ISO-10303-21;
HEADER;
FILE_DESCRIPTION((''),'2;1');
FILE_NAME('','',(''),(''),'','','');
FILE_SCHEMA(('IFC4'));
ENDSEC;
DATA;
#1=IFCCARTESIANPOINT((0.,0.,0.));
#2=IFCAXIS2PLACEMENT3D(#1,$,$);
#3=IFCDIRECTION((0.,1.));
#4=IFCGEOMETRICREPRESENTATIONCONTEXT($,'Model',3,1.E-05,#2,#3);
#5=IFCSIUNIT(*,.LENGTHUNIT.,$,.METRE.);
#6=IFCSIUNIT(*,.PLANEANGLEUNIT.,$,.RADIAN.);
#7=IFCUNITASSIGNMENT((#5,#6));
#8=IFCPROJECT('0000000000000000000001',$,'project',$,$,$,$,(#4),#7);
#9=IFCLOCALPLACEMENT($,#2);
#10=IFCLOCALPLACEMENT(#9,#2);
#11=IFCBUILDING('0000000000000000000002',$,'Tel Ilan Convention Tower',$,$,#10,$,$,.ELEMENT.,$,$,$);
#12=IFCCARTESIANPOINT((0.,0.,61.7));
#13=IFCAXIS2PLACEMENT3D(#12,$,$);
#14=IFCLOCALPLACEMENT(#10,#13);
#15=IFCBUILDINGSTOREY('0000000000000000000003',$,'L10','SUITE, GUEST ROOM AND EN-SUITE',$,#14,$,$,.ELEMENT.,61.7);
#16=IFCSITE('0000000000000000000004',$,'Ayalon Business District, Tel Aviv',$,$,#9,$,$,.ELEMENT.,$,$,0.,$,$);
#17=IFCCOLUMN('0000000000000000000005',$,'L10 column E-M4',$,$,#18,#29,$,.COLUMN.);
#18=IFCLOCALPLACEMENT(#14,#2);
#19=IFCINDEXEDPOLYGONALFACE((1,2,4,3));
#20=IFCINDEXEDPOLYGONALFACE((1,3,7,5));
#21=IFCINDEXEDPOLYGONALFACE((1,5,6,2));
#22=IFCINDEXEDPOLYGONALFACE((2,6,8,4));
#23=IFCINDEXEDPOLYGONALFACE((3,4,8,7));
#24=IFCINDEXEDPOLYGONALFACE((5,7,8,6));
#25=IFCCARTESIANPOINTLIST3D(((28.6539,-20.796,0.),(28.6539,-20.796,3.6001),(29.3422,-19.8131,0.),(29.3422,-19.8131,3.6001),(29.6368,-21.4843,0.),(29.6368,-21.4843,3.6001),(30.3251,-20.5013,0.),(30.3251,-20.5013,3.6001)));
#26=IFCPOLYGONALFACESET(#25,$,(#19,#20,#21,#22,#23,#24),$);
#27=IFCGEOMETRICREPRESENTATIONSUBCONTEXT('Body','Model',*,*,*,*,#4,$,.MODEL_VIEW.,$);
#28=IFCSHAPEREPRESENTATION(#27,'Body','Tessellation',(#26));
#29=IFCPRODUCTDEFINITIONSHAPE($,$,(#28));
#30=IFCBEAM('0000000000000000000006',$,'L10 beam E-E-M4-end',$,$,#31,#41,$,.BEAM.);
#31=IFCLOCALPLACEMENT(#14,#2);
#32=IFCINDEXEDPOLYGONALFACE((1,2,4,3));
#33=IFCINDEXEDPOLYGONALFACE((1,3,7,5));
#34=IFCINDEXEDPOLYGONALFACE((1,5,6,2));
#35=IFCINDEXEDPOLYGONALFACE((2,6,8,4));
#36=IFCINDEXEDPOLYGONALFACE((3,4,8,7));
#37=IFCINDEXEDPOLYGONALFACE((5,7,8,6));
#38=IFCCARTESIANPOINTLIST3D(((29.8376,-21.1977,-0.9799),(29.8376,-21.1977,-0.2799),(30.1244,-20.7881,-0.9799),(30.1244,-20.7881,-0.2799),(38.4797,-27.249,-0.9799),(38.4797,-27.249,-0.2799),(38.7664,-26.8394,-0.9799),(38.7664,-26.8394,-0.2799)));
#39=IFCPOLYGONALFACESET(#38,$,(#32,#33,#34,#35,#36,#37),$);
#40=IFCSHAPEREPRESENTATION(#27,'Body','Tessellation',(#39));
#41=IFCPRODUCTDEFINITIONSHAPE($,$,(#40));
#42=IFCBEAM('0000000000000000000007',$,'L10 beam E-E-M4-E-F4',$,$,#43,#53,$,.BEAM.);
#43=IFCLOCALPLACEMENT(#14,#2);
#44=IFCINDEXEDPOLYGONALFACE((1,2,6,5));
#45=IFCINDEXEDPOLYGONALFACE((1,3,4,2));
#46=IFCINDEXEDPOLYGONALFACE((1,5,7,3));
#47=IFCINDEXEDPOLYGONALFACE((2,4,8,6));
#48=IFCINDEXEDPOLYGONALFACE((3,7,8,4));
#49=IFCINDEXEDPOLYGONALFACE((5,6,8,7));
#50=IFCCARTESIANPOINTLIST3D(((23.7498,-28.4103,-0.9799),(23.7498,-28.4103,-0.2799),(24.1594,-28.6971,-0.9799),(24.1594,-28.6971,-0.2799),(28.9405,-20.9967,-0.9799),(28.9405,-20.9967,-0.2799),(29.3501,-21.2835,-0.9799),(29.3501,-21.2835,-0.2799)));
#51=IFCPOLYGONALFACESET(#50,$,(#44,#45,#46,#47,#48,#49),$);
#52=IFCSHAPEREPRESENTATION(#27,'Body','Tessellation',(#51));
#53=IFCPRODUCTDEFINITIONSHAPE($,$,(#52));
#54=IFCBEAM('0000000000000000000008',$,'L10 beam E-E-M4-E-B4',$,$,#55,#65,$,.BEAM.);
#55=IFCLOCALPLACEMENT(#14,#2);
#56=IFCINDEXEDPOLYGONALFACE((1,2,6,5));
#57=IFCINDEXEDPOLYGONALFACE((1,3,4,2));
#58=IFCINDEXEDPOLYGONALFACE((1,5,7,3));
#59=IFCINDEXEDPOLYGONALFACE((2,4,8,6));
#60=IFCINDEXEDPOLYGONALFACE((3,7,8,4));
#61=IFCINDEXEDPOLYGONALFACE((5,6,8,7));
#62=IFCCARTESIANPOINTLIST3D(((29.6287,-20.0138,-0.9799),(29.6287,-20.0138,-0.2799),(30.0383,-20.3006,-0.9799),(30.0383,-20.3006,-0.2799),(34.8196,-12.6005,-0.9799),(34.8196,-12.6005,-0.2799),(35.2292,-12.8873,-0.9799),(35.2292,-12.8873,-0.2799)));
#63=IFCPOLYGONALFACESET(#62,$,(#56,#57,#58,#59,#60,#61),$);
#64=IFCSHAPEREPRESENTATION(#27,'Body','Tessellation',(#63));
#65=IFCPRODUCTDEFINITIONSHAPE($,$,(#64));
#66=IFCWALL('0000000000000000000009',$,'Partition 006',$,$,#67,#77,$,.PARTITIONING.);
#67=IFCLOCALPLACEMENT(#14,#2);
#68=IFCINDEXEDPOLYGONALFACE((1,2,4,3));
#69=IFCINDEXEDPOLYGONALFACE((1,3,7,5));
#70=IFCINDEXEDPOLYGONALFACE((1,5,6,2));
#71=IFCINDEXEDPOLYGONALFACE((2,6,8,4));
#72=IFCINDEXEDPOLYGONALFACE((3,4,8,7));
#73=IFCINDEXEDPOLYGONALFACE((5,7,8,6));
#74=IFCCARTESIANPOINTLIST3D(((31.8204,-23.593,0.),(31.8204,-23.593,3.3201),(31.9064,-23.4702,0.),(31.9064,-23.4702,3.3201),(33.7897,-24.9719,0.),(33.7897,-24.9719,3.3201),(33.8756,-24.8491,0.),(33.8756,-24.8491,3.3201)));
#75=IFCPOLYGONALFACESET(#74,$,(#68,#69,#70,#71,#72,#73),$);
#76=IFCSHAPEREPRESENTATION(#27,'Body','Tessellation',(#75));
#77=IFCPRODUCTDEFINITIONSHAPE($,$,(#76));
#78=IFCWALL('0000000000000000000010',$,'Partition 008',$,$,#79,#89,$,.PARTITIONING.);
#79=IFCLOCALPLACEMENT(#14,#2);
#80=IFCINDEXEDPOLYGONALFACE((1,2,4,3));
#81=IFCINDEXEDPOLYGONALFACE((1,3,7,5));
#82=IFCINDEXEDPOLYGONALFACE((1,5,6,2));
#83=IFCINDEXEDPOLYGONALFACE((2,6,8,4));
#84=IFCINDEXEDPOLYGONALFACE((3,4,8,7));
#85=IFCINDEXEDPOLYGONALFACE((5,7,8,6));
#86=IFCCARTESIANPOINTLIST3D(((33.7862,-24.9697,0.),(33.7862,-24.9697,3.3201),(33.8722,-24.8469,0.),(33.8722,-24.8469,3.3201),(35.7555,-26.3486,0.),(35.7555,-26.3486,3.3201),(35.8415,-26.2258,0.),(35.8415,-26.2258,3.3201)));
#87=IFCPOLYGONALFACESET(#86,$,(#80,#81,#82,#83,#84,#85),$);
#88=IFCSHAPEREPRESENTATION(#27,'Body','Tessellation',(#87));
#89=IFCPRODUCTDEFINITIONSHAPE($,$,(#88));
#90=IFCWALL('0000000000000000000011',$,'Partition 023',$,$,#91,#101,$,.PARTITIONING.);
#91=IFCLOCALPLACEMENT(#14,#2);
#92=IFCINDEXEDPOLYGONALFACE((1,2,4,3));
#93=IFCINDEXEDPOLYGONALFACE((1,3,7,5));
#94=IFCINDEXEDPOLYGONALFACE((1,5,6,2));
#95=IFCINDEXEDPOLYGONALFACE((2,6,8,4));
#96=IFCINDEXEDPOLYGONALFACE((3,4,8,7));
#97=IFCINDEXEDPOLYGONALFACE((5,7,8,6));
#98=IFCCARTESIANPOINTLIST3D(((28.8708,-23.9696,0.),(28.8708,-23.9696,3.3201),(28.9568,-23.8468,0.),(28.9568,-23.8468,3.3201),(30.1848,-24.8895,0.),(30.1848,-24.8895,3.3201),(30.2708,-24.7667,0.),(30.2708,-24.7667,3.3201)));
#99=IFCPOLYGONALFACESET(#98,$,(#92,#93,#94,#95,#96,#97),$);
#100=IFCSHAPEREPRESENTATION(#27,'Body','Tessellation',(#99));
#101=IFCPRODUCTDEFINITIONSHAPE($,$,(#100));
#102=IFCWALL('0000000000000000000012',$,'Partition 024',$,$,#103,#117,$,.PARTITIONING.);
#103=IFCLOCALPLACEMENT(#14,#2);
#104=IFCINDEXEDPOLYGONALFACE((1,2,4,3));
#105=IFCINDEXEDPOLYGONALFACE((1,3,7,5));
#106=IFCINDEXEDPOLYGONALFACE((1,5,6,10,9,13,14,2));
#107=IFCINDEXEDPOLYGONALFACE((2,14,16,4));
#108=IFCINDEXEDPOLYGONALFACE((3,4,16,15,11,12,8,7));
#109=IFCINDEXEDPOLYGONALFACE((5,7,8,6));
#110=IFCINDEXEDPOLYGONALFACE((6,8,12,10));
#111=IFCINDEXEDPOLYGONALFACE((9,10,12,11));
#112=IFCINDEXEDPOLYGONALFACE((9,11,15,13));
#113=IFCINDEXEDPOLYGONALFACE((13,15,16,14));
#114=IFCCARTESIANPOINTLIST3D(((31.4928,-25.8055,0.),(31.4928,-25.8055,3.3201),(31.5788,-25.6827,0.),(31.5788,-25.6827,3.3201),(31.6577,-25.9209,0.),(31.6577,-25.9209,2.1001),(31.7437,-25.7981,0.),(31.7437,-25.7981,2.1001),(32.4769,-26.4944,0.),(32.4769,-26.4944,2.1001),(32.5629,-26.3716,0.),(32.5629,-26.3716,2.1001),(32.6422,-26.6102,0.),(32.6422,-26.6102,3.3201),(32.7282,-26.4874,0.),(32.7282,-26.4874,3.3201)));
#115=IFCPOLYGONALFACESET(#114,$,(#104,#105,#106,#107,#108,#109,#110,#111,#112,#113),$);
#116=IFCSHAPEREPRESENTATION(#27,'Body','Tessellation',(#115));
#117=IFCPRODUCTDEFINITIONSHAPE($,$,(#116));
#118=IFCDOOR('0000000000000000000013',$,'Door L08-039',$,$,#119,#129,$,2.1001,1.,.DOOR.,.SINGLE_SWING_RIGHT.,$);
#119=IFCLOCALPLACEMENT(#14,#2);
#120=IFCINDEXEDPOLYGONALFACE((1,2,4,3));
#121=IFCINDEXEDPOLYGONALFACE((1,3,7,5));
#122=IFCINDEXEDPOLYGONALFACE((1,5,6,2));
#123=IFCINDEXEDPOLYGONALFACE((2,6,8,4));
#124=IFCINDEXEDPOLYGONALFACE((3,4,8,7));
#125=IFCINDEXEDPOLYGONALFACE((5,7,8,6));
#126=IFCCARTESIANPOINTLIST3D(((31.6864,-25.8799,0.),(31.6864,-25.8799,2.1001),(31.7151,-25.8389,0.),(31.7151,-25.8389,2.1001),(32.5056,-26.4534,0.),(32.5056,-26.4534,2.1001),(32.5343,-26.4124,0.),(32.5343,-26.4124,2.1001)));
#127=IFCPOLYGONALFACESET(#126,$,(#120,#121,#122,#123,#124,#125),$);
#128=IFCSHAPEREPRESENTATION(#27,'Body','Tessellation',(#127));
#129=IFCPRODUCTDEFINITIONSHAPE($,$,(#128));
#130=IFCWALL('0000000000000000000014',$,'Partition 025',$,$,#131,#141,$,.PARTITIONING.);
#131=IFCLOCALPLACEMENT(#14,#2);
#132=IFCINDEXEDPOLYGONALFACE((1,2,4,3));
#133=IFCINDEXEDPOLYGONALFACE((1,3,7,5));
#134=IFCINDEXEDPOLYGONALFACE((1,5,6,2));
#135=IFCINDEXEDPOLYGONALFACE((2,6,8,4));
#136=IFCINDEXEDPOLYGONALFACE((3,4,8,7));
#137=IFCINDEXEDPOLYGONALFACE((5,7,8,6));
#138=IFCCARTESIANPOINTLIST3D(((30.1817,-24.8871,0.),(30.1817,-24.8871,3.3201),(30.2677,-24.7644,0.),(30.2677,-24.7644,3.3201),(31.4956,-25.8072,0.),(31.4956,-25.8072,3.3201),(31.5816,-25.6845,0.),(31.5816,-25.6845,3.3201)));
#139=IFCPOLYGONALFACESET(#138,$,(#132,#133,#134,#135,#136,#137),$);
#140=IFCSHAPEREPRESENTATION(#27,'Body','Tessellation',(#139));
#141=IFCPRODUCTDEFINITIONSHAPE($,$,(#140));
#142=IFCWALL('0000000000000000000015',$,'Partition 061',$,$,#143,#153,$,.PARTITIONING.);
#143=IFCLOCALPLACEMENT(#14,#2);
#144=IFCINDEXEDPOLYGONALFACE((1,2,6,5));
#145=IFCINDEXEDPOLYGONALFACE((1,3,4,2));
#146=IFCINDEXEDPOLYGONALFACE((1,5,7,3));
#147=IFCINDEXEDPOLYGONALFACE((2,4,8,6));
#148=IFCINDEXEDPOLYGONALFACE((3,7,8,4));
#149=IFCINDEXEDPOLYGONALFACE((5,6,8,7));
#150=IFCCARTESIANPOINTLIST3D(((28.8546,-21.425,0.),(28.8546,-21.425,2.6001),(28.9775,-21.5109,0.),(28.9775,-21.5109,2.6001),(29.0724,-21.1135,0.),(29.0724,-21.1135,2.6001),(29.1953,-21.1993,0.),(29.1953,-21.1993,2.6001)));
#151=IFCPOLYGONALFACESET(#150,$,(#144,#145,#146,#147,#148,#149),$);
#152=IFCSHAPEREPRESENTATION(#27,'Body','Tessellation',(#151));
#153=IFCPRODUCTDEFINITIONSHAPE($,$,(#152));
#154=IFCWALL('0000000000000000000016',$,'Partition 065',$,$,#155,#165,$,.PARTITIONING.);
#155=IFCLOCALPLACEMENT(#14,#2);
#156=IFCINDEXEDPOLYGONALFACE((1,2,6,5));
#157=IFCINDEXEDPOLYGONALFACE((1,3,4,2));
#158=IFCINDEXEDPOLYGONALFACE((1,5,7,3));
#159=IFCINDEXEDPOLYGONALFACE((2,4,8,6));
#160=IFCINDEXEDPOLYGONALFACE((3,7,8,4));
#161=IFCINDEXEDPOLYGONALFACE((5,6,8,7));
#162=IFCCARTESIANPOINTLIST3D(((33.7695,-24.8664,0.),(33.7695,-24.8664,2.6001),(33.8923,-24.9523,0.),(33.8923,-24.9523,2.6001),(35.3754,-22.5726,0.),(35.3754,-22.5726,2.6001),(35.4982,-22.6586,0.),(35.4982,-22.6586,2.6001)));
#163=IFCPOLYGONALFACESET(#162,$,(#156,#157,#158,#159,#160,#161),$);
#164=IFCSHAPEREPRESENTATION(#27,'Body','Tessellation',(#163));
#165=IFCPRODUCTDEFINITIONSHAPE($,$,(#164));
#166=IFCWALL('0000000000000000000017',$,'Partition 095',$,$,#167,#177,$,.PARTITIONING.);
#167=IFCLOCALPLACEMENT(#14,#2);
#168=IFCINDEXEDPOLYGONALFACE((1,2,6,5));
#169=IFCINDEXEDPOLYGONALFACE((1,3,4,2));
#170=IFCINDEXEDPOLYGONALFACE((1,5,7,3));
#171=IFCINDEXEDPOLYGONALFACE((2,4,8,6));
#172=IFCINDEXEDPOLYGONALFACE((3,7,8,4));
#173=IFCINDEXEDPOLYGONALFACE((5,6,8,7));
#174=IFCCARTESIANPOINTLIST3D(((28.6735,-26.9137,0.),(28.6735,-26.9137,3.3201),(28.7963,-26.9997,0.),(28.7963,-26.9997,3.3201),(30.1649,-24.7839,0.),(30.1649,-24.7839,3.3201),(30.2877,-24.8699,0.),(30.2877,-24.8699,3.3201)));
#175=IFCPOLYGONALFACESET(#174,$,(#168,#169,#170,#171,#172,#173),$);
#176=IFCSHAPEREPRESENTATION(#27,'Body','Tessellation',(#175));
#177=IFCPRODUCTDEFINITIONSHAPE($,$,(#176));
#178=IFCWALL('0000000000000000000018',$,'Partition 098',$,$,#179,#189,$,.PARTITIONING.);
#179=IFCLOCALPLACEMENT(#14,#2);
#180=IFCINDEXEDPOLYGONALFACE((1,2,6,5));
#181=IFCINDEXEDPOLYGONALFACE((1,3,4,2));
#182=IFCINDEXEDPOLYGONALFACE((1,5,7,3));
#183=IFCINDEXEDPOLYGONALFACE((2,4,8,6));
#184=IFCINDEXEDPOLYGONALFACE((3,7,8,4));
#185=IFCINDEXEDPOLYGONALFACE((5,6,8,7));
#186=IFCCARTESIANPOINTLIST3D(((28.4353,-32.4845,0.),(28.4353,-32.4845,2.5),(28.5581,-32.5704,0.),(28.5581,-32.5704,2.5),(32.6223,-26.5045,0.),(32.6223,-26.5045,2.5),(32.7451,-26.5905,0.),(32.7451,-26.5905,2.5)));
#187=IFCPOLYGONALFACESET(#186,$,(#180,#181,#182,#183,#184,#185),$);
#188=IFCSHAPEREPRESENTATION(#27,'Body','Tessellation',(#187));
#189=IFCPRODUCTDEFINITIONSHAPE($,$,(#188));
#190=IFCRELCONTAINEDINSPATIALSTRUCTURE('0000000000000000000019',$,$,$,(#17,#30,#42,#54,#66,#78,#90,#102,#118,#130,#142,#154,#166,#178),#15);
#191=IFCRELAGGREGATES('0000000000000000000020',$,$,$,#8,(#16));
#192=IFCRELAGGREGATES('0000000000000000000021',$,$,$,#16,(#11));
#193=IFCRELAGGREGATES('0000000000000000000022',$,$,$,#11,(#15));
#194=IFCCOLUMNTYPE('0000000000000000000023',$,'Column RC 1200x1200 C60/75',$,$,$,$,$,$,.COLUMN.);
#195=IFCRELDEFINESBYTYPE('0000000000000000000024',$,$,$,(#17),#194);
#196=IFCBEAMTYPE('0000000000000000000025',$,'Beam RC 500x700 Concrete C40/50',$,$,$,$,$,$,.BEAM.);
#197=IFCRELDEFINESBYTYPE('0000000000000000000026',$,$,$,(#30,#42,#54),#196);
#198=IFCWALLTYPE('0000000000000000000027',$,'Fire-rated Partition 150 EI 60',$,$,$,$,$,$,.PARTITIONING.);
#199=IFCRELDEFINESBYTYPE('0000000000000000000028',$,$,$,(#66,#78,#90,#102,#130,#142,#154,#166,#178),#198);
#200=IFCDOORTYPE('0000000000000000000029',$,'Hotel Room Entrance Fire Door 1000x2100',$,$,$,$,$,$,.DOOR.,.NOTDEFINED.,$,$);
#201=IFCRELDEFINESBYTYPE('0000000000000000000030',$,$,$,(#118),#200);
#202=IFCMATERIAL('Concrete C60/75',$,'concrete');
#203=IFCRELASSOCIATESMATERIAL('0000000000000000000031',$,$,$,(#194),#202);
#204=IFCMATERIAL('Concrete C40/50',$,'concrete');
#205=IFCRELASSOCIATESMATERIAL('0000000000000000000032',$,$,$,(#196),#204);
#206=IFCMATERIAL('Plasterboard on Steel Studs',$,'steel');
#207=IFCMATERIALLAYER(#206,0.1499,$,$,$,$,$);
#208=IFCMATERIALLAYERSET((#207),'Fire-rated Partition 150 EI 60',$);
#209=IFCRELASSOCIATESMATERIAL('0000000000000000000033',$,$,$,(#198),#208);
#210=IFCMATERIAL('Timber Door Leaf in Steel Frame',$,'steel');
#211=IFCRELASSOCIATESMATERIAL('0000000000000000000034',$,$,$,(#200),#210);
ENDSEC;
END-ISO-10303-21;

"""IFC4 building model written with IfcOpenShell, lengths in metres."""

from ifc_helpers import new_model, si_unit, direction, frame, frame_2d, origin, origin_2d, place, context, subcontext, project, spatial, rectangle, extrude, material, layer, layer_set, material_profile, profile_set, type_object, element, fill, save


model = new_model("IFC4")

# Units and contexts
model_context = context("Model", 3, precision=1e-05, world=origin(), true_north=direction((0.0, 1.0)))
body_context = subcontext(model_context, "Body", "Model", "MODEL_VIEW")
ifc_project = project(units=[si_unit("LENGTHUNIT", "METRE"), si_unit("PLANEANGLEUNIT", "RADIAN")], contexts=[model_context])

# Site, building, storey
site_placement = place(None, origin())
site = spatial("IfcSite", under=ifc_project, at=site_placement, Name="Ayalon Business District, Tel Aviv", CompositionType="ELEMENT", RefElevation=0.0)
building_placement = place(site_placement, origin())
building = spatial("IfcBuilding", under=site, at=building_placement, Name="Tel Ilan Convention Tower", CompositionType="ELEMENT")
storey_placement = place(building_placement, frame((0.0, 0.0, 61.7)))
storey = spatial("IfcBuildingStorey", under=building, at=storey_placement, Name="L10", Description="SUITE, GUEST ROOM AND EN-SUITE", CompositionType="ELEMENT", Elevation=61.7)

# Column
ifc_material_1 = material(Name="Concrete C60/75", Category="concrete")
ifc_material_profile_1 = material_profile(ifc_material_1, rectangle(XDim=1.2, YDim=1.2, at=origin_2d()), Name="RC 1200x1200")
ifc_profile_set_1 = profile_set([ifc_material_profile_1], Name="Concrete C60/75")
column_type = type_object("IfcColumnType", Name="Column RC 1200x1200 C60/75", PredefinedType="COLUMN", material=ifc_profile_set_1)
column_placement = place(storey_placement, frame((29.4895, -20.6487, 0.0), z_axis=(0.0, 0.0, 1.0), x_axis=(0.819152, -0.573576, 0.0)))
element("IfcColumn", 1, at=column_placement, inside=storey, type_object=column_type, Name="L10 column E-M4", PredefinedType="COLUMN", context=body_context, shape_type="SweptSolid", body=[
    extrude(rectangle(XDim=1.2, YDim=1.2, at=origin_2d()), origin(), (0.0, 0.0, 1.0), 3.6001),
])

# Beams
ifc_material_2 = material(Name="Concrete C40/50", Category="concrete")
ifc_material_profile_2 = material_profile(ifc_material_2, rectangle(XDim=0.5, YDim=0.7, at=origin_2d()), Name="RC 500x700")
ifc_profile_set_2 = profile_set([ifc_material_profile_2], Name="Concrete C40/50")
beam_type = type_object("IfcBeamType", Name="Beam RC 500x700 Concrete C40/50", PredefinedType="BEAM", material=ifc_profile_set_2)
beam_placement = place(storey_placement, frame((29.981, -20.9929, -0.6299), z_axis=(0.819151, -0.573577, 0.0), x_axis=(0.573577, 0.819151, 0.0)))
element("IfcBeam", 2, at=beam_placement, inside=storey, type_object=beam_type, Name="L10 beam E-E-M4-end", PredefinedType="BEAM", context=body_context, shape_type="SweptSolid", body=[
    extrude(rectangle(XDim=0.5, YDim=0.7, at=origin_2d()), origin(), (0.0, 0.0, 1.0), 10.55),
])
for number, where, z_axis, x_axis, name in (
    (3, (29.1453, -21.1401, -0.6299), (-0.573549, -0.819171, 0.0), (0.819171, -0.573549, 0.0), "L10 beam E-E-M4-E-F4"),
    (4, (29.8335, -20.1572, -0.6299), (0.57358, 0.81915, 0.0), (-0.81915, 0.57358, 0.0), "L10 beam E-E-M4-E-B4"),
):
    element("IfcBeam", number, at=place(storey_placement, frame(where, z_axis=z_axis, x_axis=x_axis)), inside=storey, type_object=beam_type, Name=name, PredefinedType="BEAM", context=body_context, shape_type="SweptSolid", body=[
        extrude(rectangle(XDim=0.5, YDim=0.7, at=origin_2d()), origin(), (0.0, 0.0, 1.0), 9.05),
    ])

# Walls
ifc_material_3 = material(Name="Plasterboard on Steel Studs", Category="steel")
ifc_layer_1 = layer(ifc_material_3, 0.1499)
ifc_layer_set_1 = layer_set([ifc_layer_1], Name="Fire-rated Partition 150 EI 60")
wall_type_1 = type_object("IfcWallType", Name="Fire-rated Partition 150 EI 60", PredefinedType="PARTITIONING", material=ifc_layer_set_1)
for number, where, z_axis, x_axis, name in (
    (5, (31.8633, -23.5315, 0.0), (0.0, 0.0, 1.0), (0.819146, -0.573585, 0.0), "Partition 006"),
    (6, (33.8291, -24.9082, 0.0), (0.0, 0.0, 1.0), (0.819146, -0.573585, 0.0), "Partition 008"),
):
    element("IfcWall", number, at=place(storey_placement, frame(where, z_axis=z_axis, x_axis=x_axis)), inside=storey, type_object=wall_type_1, Name=name, PredefinedType="PARTITIONING", context=body_context, shape_type="SweptSolid", body=[
        extrude(rectangle(XDim=2.4041, YDim=0.1499, at=frame_2d((1.2021, 0.0))), origin(), (0.0, 0.0, 1.0), 3.3201),
    ])
wall_1_placement = place(storey_placement, frame((30.2278, -24.8281, 0.0), z_axis=(0.0, 0.0, 1.0), x_axis=(-0.819189, 0.573524, 0.0)))
element("IfcWall", 7, at=wall_1_placement, inside=storey, type_object=wall_type_1, Name="Partition 023", PredefinedType="PARTITIONING", context=body_context, shape_type="SweptSolid", body=[
    extrude(rectangle(XDim=1.604, YDim=0.1499, at=frame_2d((0.802, 0.0))), origin(), (0.0, 0.0, 1.0), 3.3201),
])

# Wall, opening, door
wall_2_placement = place(storey_placement, frame((32.6853, -26.5488, 0.0), z_axis=(0.0, 0.0, 1.0), x_axis=(-0.819199, 0.573509, 0.0)))
wall_2 = element("IfcWall", 8, at=wall_2_placement, inside=storey, type_object=wall_type_1, Name="Partition 024", PredefinedType="PARTITIONING", context=body_context, shape_type="SweptSolid", body=[
    extrude(rectangle(XDim=1.4031, YDim=0.1499, at=frame_2d((0.7017, 0.0))), origin(), (0.0, 0.0, 1.0), 3.3201),
])
opening_1_placement = place(wall_2_placement, frame((0.2019, 0.0, 0.0)))
opening_1 = element("IfcOpeningElement", 9, at=opening_1_placement, cuts=wall_2, PredefinedType="OPENING", context=body_context, shape_type="SweptSolid", body=[
    extrude(rectangle(XDim=1.0, YDim=2.1001, at=frame_2d((0.5, 1.05))), frame((0.0, 0.085, 0.0), z_axis=(0.0, -1.0, 0.0), x_axis=(1.0, 0.0, 0.0)), (0.0, 0.0, 1.0), 0.1699),
])
ifc_material_4 = material(Name="Timber Door Leaf in Steel Frame", Category="steel")
door_type_1 = type_object("IfcDoorType", Name="Hotel Room Entrance Fire Door 1000x2100", OperationType="NOTDEFINED", PredefinedType="DOOR", material=ifc_material_4)
door_1_placement = place(opening_1_placement, origin())
door_1 = element("IfcDoor", 10, at=door_1_placement, inside=storey, type_object=door_type_1, Name="Door L08-039", OperationType="SINGLE_SWING_RIGHT", OverallHeight=2.1001, OverallWidth=1.0, PredefinedType="DOOR", context=body_context, shape_type="SweptSolid", body=[
    extrude(rectangle(XDim=1.0, YDim=2.1001, at=frame_2d((0.5, 1.05))), frame((0.0, 0.0249, 0.0), z_axis=(0.0, -1.0, 0.0), x_axis=(1.0, 0.0, 0.0)), (0.0, 0.0, 1.0), 0.05),
])
fill(opening_1, door_1)

# Walls
wall_3_placement = place(storey_placement, frame((31.5386, -25.7458, 0.0), z_axis=(0.0, 0.0, 1.0), x_axis=(-0.819118, 0.573626, 0.0)))
element("IfcWall", 11, at=wall_3_placement, inside=storey, type_object=wall_type_1, Name="Partition 025", PredefinedType="PARTITIONING", context=body_context, shape_type="SweptSolid", body=[
    extrude(rectangle(XDim=1.604, YDim=0.1499, at=frame_2d((0.802, 0.0))), origin(), (0.0, 0.0, 1.0), 3.3201),
])
wall_4_placement = place(storey_placement, frame((29.1338, -21.1565, 0.0), z_axis=(0.0, 0.0, 1.0), x_axis=(-0.572945, -0.819594, 0.0)))
element("IfcWall", 12, at=wall_4_placement, inside=storey, type_object=wall_type_1, Name="Partition 061", PredefinedType="PARTITIONING", context=body_context, shape_type="SweptSolid", body=[
    extrude(rectangle(XDim=0.3801, YDim=0.1499, at=frame_2d((0.1899, 0.0))), origin(), (0.0, 0.0, 1.0), 2.6001),
])
wall_5_placement = place(storey_placement, frame((35.4368, -22.6157, 0.0), z_axis=(0.0, 0.0, 1.0), x_axis=(-0.57355, -0.81917, 0.0)))
element("IfcWall", 13, at=wall_5_placement, inside=storey, type_object=wall_type_1, Name="Partition 065", PredefinedType="PARTITIONING", context=body_context, shape_type="SweptSolid", body=[
    extrude(rectangle(XDim=2.8, YDim=0.1499, at=frame_2d((1.3999, 0.0))), origin(), (0.0, 0.0, 1.0), 2.6001),
])
wall_6_placement = place(storey_placement, frame((30.2263, -24.8269, 0.0), z_axis=(0.0, 0.0, 1.0), x_axis=(-0.573601, -0.819135, 0.0)))
element("IfcWall", 14, at=wall_6_placement, inside=storey, type_object=wall_type_1, Name="Partition 095", PredefinedType="PARTITIONING", context=body_context, shape_type="SweptSolid", body=[
    extrude(rectangle(XDim=2.6001, YDim=0.1499, at=frame_2d((1.3, 0.0))), origin(), (0.0, 0.0, 1.0), 3.3201),
])
wall_7_placement = place(storey_placement, frame((32.6836, -26.5476, 0.0), z_axis=(0.0, 0.0, 1.0), x_axis=(-0.573557, -0.819166, 0.0)))
element("IfcWall", 15, at=wall_7_placement, inside=storey, type_object=wall_type_1, Name="Partition 098", PredefinedType="PARTITIONING", context=body_context, shape_type="SweptSolid", body=[
    extrude(rectangle(XDim=7.3, YDim=0.1499, at=frame_2d((3.6499, 0.0))), origin(), (0.0, 0.0, 1.0), 2.5),
])

save(model, "model.ifc")
